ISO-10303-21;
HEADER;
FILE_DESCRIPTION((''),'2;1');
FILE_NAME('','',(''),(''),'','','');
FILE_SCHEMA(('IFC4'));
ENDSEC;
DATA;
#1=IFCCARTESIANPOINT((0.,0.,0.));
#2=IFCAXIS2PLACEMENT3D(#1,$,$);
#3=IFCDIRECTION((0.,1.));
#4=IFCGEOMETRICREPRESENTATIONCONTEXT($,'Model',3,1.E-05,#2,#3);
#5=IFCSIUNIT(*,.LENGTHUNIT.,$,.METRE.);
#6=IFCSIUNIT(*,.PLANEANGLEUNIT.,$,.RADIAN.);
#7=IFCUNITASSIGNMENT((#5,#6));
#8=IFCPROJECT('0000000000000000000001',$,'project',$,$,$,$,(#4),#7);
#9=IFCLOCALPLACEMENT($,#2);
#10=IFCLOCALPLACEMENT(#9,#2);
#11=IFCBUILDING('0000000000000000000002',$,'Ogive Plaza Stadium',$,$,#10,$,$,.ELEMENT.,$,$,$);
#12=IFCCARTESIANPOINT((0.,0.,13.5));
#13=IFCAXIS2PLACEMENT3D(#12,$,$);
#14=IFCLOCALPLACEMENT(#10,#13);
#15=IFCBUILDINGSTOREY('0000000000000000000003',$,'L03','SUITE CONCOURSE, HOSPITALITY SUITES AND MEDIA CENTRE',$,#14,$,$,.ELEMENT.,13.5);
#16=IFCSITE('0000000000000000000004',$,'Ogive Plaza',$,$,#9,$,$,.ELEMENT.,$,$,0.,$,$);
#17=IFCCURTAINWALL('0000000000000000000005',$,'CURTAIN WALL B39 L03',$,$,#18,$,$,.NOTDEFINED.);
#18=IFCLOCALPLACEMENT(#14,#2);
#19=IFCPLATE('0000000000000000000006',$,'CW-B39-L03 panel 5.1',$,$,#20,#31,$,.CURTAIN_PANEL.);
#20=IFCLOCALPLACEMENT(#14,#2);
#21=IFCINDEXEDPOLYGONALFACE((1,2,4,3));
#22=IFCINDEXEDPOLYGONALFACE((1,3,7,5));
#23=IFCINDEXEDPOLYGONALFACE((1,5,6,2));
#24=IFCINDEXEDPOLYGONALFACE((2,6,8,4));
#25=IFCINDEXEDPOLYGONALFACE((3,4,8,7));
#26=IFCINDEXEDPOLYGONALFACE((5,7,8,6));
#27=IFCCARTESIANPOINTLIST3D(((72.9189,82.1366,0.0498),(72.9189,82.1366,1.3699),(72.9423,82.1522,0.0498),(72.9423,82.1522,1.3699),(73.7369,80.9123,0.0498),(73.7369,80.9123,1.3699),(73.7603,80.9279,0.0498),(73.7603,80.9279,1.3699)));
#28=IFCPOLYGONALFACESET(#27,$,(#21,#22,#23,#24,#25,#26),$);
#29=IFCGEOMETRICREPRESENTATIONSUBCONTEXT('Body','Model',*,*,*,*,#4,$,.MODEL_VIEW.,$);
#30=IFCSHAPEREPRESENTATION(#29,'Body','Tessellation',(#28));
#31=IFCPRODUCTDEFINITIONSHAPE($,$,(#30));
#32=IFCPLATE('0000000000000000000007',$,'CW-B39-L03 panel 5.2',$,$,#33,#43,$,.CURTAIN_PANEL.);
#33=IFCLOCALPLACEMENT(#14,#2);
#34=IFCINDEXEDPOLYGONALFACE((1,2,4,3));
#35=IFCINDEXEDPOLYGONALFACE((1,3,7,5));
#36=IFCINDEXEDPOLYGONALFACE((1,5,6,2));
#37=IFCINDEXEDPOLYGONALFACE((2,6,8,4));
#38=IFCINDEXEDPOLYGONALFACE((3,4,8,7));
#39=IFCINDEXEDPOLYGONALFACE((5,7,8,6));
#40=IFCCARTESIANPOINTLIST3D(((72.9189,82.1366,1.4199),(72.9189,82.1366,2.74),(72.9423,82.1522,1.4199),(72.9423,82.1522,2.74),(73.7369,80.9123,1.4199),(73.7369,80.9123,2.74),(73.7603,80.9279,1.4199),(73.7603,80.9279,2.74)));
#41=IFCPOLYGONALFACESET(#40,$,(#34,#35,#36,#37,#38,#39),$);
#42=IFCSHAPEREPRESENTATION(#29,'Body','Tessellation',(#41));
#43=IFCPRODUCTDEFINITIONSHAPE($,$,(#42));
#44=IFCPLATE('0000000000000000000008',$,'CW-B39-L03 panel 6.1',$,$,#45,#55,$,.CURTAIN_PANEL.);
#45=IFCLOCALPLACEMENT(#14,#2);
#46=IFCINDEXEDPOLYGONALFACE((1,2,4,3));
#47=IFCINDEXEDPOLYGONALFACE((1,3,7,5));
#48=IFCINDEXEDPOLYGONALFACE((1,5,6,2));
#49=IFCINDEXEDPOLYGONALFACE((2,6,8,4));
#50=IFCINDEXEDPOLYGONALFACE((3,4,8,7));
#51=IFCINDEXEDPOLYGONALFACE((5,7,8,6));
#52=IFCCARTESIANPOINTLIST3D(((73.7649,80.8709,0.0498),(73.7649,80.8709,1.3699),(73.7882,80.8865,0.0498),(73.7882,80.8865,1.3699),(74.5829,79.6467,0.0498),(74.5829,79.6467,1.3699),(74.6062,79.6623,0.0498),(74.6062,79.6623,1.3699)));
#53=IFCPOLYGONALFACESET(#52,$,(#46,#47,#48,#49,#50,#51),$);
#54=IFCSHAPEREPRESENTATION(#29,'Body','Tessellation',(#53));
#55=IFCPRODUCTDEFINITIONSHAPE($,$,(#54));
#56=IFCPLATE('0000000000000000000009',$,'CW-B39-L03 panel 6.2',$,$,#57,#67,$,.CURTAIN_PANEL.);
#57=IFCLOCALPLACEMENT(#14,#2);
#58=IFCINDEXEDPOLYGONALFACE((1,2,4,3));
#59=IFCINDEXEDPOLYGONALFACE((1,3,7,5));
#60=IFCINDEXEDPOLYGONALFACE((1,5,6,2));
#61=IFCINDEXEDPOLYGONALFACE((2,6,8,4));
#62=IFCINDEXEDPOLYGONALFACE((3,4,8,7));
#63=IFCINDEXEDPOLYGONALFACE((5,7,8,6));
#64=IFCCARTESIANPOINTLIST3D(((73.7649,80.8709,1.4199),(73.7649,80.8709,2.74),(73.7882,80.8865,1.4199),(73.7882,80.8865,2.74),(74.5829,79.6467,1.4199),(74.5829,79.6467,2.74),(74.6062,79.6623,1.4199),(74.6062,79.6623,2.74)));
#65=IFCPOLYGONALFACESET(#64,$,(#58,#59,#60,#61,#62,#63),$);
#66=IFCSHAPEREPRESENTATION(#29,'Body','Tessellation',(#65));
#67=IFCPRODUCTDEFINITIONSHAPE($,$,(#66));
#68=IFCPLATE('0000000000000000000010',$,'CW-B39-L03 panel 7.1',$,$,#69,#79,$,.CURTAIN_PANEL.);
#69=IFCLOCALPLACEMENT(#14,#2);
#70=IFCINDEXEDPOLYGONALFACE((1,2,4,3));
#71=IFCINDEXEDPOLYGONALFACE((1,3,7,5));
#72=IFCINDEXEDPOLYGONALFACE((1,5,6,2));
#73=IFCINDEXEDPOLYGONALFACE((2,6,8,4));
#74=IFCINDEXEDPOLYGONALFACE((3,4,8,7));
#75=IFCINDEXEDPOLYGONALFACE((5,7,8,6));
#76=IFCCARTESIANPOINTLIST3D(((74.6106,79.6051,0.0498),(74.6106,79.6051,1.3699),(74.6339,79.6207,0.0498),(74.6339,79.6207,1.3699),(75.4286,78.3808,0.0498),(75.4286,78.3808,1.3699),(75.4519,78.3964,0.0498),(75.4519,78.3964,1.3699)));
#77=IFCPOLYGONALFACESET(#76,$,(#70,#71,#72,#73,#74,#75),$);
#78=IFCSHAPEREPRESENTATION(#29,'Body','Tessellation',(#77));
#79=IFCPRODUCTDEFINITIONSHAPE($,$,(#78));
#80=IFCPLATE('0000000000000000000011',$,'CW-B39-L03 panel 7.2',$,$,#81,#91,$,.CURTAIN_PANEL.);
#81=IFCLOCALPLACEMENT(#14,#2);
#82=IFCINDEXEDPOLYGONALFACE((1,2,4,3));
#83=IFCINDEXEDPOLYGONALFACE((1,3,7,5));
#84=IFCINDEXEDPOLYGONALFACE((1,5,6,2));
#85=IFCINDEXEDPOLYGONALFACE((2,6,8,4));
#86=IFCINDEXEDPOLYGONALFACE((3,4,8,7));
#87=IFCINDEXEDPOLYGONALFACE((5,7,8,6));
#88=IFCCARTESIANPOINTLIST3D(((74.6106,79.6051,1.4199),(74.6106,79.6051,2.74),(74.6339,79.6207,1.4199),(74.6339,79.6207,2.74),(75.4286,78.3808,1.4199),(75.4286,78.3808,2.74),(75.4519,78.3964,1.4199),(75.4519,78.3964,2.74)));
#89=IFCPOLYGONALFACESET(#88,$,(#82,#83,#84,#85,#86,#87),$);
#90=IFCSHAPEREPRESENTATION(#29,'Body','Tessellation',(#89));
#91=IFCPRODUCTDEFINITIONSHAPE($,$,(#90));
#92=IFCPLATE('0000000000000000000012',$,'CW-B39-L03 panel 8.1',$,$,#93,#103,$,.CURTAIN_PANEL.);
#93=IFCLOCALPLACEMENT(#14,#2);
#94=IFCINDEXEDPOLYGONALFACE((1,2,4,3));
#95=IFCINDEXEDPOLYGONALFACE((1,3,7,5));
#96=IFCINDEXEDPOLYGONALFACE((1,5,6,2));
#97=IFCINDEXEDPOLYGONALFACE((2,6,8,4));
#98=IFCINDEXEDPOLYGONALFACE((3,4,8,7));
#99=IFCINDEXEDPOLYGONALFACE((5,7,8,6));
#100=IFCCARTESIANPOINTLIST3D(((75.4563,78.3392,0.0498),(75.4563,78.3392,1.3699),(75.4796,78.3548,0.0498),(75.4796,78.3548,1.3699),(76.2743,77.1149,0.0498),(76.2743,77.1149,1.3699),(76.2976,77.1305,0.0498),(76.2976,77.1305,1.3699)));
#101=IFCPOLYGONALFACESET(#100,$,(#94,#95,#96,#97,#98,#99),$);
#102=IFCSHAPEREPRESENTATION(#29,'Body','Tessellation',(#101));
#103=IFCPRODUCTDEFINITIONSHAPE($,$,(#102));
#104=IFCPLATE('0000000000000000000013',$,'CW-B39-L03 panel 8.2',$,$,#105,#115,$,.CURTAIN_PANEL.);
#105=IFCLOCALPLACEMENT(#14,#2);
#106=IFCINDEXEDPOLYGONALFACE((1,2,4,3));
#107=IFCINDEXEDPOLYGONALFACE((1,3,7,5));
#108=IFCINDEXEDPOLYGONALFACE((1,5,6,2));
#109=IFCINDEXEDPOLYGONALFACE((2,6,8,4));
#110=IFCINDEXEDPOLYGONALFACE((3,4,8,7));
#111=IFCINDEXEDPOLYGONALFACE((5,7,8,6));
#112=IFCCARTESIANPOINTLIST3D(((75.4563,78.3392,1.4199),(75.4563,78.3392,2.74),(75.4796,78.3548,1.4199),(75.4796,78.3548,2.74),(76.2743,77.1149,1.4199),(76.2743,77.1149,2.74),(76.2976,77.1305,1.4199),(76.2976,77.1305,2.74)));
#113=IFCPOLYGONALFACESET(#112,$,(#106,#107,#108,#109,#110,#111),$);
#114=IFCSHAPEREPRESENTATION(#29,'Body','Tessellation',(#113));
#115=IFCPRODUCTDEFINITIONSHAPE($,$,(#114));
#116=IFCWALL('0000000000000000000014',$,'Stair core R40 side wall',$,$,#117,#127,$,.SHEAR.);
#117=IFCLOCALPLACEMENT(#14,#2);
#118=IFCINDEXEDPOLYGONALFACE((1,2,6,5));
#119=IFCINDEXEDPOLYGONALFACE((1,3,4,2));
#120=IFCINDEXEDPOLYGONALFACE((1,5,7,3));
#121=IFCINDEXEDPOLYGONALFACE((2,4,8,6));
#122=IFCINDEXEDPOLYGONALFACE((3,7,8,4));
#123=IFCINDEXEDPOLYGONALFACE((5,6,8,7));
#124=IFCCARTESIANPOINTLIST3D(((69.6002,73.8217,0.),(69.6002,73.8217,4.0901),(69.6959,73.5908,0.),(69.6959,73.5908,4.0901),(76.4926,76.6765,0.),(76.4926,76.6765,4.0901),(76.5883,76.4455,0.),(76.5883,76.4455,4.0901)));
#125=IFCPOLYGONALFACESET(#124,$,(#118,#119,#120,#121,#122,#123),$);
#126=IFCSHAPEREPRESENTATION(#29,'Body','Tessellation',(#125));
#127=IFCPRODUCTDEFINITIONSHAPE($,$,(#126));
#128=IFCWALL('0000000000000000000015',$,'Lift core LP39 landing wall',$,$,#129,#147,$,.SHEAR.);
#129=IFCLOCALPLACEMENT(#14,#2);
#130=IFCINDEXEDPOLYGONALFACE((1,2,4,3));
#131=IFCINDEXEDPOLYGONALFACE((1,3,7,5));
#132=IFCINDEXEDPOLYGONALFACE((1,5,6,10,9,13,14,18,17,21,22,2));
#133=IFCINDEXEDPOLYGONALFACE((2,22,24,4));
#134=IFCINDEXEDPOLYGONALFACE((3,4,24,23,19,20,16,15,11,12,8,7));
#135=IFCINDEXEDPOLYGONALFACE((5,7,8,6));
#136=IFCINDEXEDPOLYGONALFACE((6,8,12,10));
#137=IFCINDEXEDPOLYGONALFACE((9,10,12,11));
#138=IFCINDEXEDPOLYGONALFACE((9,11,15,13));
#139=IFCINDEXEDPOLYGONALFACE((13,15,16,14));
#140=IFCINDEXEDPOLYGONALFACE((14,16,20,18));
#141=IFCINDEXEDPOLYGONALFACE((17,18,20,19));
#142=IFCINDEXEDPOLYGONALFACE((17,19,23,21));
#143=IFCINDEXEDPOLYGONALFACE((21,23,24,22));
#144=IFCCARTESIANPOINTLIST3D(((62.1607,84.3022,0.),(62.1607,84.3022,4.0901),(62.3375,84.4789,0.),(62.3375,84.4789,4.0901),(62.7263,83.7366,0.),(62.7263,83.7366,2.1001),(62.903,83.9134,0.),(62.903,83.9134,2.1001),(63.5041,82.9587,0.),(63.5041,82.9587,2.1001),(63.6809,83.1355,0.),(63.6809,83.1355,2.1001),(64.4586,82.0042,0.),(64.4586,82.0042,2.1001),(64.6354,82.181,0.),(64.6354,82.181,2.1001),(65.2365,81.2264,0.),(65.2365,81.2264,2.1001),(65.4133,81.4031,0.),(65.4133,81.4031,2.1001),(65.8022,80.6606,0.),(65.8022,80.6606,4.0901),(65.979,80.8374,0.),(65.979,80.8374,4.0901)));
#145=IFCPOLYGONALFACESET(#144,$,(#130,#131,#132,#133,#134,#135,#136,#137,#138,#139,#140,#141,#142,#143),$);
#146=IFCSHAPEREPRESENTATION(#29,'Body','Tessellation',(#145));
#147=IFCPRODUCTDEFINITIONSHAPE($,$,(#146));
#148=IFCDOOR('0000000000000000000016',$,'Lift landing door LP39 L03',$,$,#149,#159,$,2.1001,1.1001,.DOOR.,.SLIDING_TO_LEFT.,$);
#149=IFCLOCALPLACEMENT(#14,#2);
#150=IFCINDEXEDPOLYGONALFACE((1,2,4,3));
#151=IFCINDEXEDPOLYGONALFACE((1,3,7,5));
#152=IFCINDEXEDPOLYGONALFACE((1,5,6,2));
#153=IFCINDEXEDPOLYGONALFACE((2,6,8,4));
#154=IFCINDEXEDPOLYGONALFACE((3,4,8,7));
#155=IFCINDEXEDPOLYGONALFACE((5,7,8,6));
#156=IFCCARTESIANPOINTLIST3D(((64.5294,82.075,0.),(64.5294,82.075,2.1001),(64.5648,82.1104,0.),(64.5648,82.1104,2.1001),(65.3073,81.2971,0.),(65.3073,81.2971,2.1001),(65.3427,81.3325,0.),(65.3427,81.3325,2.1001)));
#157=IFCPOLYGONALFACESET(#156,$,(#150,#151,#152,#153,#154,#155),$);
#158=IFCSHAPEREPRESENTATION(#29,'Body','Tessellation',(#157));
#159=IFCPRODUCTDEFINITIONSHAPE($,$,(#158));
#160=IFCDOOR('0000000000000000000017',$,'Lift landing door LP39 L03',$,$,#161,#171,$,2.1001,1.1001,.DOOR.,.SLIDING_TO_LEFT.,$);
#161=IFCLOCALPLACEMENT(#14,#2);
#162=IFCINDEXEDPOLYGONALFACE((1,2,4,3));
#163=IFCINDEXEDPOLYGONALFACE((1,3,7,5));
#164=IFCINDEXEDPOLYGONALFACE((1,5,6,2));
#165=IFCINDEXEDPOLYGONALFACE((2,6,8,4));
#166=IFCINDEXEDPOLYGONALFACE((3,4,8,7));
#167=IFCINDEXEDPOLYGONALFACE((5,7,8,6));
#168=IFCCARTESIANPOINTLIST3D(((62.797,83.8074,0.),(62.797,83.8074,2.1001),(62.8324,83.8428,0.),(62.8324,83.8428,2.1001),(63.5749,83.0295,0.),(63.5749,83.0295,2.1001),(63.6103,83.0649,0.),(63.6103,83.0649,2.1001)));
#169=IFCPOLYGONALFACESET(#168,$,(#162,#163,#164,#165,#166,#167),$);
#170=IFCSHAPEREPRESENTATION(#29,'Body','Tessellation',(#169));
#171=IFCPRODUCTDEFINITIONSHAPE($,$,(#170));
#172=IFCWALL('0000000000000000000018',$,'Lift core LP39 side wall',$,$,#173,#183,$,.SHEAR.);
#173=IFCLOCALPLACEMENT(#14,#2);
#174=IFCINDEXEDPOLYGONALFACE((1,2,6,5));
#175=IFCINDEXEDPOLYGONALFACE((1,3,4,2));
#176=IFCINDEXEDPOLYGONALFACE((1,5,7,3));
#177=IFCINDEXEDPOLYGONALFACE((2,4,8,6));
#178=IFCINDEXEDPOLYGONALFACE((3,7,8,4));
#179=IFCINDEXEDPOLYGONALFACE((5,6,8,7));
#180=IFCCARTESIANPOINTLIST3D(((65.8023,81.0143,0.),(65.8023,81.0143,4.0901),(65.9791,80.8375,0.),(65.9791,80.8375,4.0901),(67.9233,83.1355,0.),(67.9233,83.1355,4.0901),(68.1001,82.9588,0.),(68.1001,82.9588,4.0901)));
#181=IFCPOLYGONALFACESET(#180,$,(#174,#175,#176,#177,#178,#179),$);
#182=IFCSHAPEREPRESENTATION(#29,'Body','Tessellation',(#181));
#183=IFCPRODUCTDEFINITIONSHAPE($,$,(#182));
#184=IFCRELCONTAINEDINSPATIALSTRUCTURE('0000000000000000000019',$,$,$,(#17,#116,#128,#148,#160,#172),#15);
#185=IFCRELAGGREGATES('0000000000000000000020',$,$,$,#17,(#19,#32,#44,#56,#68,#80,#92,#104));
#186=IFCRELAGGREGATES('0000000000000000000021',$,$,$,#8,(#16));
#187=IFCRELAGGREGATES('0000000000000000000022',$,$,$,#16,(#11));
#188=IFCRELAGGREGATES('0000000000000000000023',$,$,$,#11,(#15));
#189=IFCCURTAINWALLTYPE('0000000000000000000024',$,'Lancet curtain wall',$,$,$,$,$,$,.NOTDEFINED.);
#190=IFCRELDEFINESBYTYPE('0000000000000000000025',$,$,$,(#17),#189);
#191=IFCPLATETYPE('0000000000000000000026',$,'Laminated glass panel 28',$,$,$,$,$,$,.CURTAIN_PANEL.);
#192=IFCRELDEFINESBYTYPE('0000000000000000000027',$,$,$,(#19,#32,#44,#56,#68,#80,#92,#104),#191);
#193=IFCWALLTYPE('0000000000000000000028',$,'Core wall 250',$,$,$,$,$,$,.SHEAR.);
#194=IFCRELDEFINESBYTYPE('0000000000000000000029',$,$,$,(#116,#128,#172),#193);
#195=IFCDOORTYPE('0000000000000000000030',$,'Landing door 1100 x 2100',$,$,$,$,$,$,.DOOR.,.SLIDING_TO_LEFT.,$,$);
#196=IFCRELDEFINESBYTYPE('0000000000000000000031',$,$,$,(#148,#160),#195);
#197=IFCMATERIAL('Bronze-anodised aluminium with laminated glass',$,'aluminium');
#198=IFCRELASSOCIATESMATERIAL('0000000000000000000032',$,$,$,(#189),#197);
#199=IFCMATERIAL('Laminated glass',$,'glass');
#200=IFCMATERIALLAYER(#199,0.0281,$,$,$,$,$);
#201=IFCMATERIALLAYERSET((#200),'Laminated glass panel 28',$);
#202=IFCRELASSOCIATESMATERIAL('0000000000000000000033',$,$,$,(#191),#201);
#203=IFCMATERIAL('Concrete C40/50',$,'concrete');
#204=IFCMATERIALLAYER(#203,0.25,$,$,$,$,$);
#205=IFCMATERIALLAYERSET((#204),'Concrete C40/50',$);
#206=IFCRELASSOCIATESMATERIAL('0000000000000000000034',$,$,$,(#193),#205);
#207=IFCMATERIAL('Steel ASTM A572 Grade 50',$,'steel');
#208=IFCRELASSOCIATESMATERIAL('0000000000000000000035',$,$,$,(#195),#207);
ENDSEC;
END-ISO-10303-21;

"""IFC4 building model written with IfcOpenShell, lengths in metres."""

from ifc_helpers import new_model, si_unit, direction, frame, frame_2d, origin, origin_2d, place, context, subcontext, project, spatial, rectangle, extrude, material, layer, layer_set, type_object, element, fill, aggregate, save


model = new_model("IFC4")

# Units and contexts
model_context = context("Model", 3, precision=1e-05, world=origin(), true_north=direction((0.0, 1.0)))
body_context = subcontext(model_context, "Body", "Model", "MODEL_VIEW")
ifc_project = project(units=[si_unit("LENGTHUNIT", "METRE"), si_unit("PLANEANGLEUNIT", "RADIAN")], contexts=[model_context])

# Site, building, storey
site_placement = place(None, origin())
site = spatial("IfcSite", under=ifc_project, at=site_placement, Name="Ogive Plaza", CompositionType="ELEMENT", RefElevation=0.0)
building_placement = place(site_placement, origin())
building = spatial("IfcBuilding", under=site, at=building_placement, Name="Ogive Plaza Stadium", CompositionType="ELEMENT")
storey_placement = place(building_placement, frame((0.0, 0.0, 13.5)))
storey = spatial("IfcBuildingStorey", under=building, at=storey_placement, Name="L03", Description="SUITE CONCOURSE, HOSPITALITY SUITES AND MEDIA CENTRE", CompositionType="ELEMENT", Elevation=13.5)

# Curtain wall
ifc_material_1 = material(Name="Bronze-anodised aluminium with laminated glass", Category="aluminium")
curtain_wall_type = type_object("IfcCurtainWallType", Name="Lancet curtain wall", PredefinedType="NOTDEFINED", material=ifc_material_1)
curtain_wall_placement = place(storey_placement, origin())
curtain_wall = element("IfcCurtainWall", 1, at=curtain_wall_placement, inside=storey, type_object=curtain_wall_type, Name="CURTAIN WALL B39 L03", PredefinedType="NOTDEFINED")

# Plates
ifc_material_2 = material(Name="Laminated glass", Category="glass")
ifc_layer_1 = layer(ifc_material_2, 0.0281)
ifc_layer_set_1 = layer_set([ifc_layer_1], Name="Laminated glass panel 28")
plate_type = type_object("IfcPlateType", Name="Laminated glass panel 28", PredefinedType="CURTAIN_PANEL", material=ifc_layer_set_1)
plate_1_placement = place(storey_placement, frame((73.3396, 81.5322, 0.0498), z_axis=(0.0, 0.0, 1.0), x_axis=(0.55557, -0.83147, 0.0)))
plate_1 = element("IfcPlate", 2, at=plate_1_placement, type_object=plate_type, Name="CW-B39-L03 panel 5.1", PredefinedType="CURTAIN_PANEL", context=body_context, shape_type="SweptSolid", body=[
    extrude(rectangle(XDim=1.4724, YDim=0.0281, at=origin_2d()), origin(), (0.0, 0.0, 1.0), 1.3201),
])
plate_2_placement = place(storey_placement, frame((73.3396, 81.5322, 1.4199), z_axis=(0.0, 0.0, 1.0), x_axis=(0.55557, -0.83147, 0.0)))
plate_2 = element("IfcPlate", 3, at=plate_2_placement, type_object=plate_type, Name="CW-B39-L03 panel 5.2", PredefinedType="CURTAIN_PANEL", context=body_context, shape_type="SweptSolid", body=[
    extrude(rectangle(XDim=1.4724, YDim=0.0281, at=origin_2d()), origin(), (0.0, 0.0, 1.0), 1.3201),
])
plate_3_placement = place(storey_placement, frame((74.1855, 80.2666, 0.0498), z_axis=(0.0, 0.0, 1.0), x_axis=(0.55557, -0.83147, 0.0)))
plate_3 = element("IfcPlate", 4, at=plate_3_placement, type_object=plate_type, Name="CW-B39-L03 panel 6.1", PredefinedType="CURTAIN_PANEL", context=body_context, shape_type="SweptSolid", body=[
    extrude(rectangle(XDim=1.4724, YDim=0.0281, at=origin_2d()), origin(), (0.0, 0.0, 1.0), 1.3201),
])
plate_4_placement = place(storey_placement, frame((74.1855, 80.2666, 1.4199), z_axis=(0.0, 0.0, 1.0), x_axis=(0.55557, -0.83147, 0.0)))
plate_4 = element("IfcPlate", 5, at=plate_4_placement, type_object=plate_type, Name="CW-B39-L03 panel 6.2", PredefinedType="CURTAIN_PANEL", context=body_context, shape_type="SweptSolid", body=[
    extrude(rectangle(XDim=1.4724, YDim=0.0281, at=origin_2d()), origin(), (0.0, 0.0, 1.0), 1.3201),
])
plate_5_placement = place(storey_placement, frame((75.0312, 79.0007, 0.0498), z_axis=(0.0, 0.0, 1.0), x_axis=(0.55557, -0.83147, 0.0)))
plate_5 = element("IfcPlate", 6, at=plate_5_placement, type_object=plate_type, Name="CW-B39-L03 panel 7.1", PredefinedType="CURTAIN_PANEL", context=body_context, shape_type="SweptSolid", body=[
    extrude(rectangle(XDim=1.4724, YDim=0.0281, at=origin_2d()), origin(), (0.0, 0.0, 1.0), 1.3201),
])
plate_6_placement = place(storey_placement, frame((75.0312, 79.0007, 1.4199), z_axis=(0.0, 0.0, 1.0), x_axis=(0.55557, -0.83147, 0.0)))
plate_6 = element("IfcPlate", 7, at=plate_6_placement, type_object=plate_type, Name="CW-B39-L03 panel 7.2", PredefinedType="CURTAIN_PANEL", context=body_context, shape_type="SweptSolid", body=[
    extrude(rectangle(XDim=1.4724, YDim=0.0281, at=origin_2d()), origin(), (0.0, 0.0, 1.0), 1.3201),
])
plate_7_placement = place(storey_placement, frame((75.877, 77.7349, 0.0498), z_axis=(0.0, 0.0, 1.0), x_axis=(0.55557, -0.83147, 0.0)))
plate_7 = element("IfcPlate", 8, at=plate_7_placement, type_object=plate_type, Name="CW-B39-L03 panel 8.1", PredefinedType="CURTAIN_PANEL", context=body_context, shape_type="SweptSolid", body=[
    extrude(rectangle(XDim=1.4724, YDim=0.0281, at=origin_2d()), origin(), (0.0, 0.0, 1.0), 1.3201),
])
plate_8_placement = place(storey_placement, frame((75.877, 77.7349, 1.4199), z_axis=(0.0, 0.0, 1.0), x_axis=(0.55557, -0.83147, 0.0)))
plate_8 = element("IfcPlate", 9, at=plate_8_placement, type_object=plate_type, Name="CW-B39-L03 panel 8.2", PredefinedType="CURTAIN_PANEL", context=body_context, shape_type="SweptSolid", body=[
    extrude(rectangle(XDim=1.4724, YDim=0.0281, at=origin_2d()), origin(), (0.0, 0.0, 1.0), 1.3201),
])
aggregate(curtain_wall, [plate_1, plate_2, plate_3, plate_4, plate_5, plate_6, plate_7, plate_8])

# Wall
ifc_material_3 = material(Name="Concrete C40/50", Category="concrete")
ifc_layer_2 = layer(ifc_material_3, 0.25)
ifc_layer_set_2 = layer_set([ifc_layer_2], Name="Concrete C40/50")
wall_type = type_object("IfcWallType", Name="Core wall 250", PredefinedType="SHEAR", material=ifc_layer_set_2)
wall_1_placement = place(storey_placement, frame((69.6482, 73.7063, 0.0), z_axis=(0.0, 0.0, 1.0), x_axis=(0.923887, 0.382665, 0.0)))
element("IfcWall", 10, at=wall_1_placement, inside=storey, type_object=wall_type, Name="Stair core R40 side wall", PredefinedType="SHEAR", context=body_context, shape_type="SweptSolid", body=[
    extrude(rectangle(XDim=7.4602, YDim=0.25, at=frame_2d((3.73, 0.0))), origin(), (0.0, 0.0, 1.0), 4.0901),
])

# Wall, openings, doors
wall_2_placement = place(storey_placement, frame((65.8906, 80.749, 0.0), z_axis=(0.0, 0.0, 1.0), x_axis=(-0.707107, 0.707107, 0.0)))
wall_2 = element("IfcWall", 11, at=wall_2_placement, inside=storey, type_object=wall_type, Name="Lift core LP39 landing wall", PredefinedType="SHEAR", context=body_context, shape_type="SweptSolid", body=[
    extrude(rectangle(XDim=5.1499, YDim=0.25, at=frame_2d((2.575, 0.0))), origin(), (0.0, 0.0, 1.0), 4.0901),
])
opening_1_placement = place(wall_2_placement, frame((0.8, 0.0, 0.0)))
opening_1 = element("IfcOpeningElement", 12, at=opening_1_placement, cuts=wall_2, PredefinedType="OPENING", context=body_context, shape_type="SweptSolid", body=[
    extrude(rectangle(XDim=1.1001, YDim=2.1001, at=frame_2d((0.55, 1.05))), frame((0.0, 0.125, 0.0), z_axis=(0.0, -1.0, 0.0), x_axis=(1.0, 0.0, 0.0)), (0.0, 0.0, 1.0), 0.25),
])
opening_2_placement = place(wall_2_placement, frame((3.25, 0.0, 0.0)))
opening_2 = element("IfcOpeningElement", 13, at=opening_2_placement, cuts=wall_2, PredefinedType="OPENING", context=body_context, shape_type="SweptSolid", body=[
    extrude(rectangle(XDim=1.1001, YDim=2.1001, at=frame_2d((0.55, 1.05))), frame((0.0, 0.125, 0.0), z_axis=(0.0, -1.0, 0.0), x_axis=(1.0, 0.0, 0.0)), (0.0, 0.0, 1.0), 0.25),
])
ifc_material_4 = material(Name="Steel ASTM A572 Grade 50", Category="steel")
door_type = type_object("IfcDoorType", Name="Landing door 1100 x 2100", OperationType="SLIDING_TO_LEFT", PredefinedType="DOOR", material=ifc_material_4)
door_1_placement = place(opening_1_placement, origin())
door_1 = element("IfcDoor", 14, at=door_1_placement, inside=storey, type_object=door_type, Name="Lift landing door LP39 L03", OperationType="SLIDING_TO_LEFT", OverallHeight=2.1001, OverallWidth=1.1001, PredefinedType="DOOR", context=body_context, shape_type="SweptSolid", body=[
    extrude(rectangle(XDim=1.1001, YDim=2.1001, at=frame_2d((0.55, 1.05))), frame((0.0, 0.0249, 0.0), z_axis=(0.0, -1.0, 0.0), x_axis=(1.0, 0.0, 0.0)), (0.0, 0.0, 1.0), 0.05),
])
fill(opening_1, door_1)
door_2_placement = place(opening_2_placement, origin())
door_2 = element("IfcDoor", 15, at=door_2_placement, inside=storey, type_object=door_type, Name="Lift landing door LP39 L03", OperationType="SLIDING_TO_LEFT", OverallHeight=2.1001, OverallWidth=1.1001, PredefinedType="DOOR", context=body_context, shape_type="SweptSolid", body=[
    extrude(rectangle(XDim=1.1001, YDim=2.1001, at=frame_2d((0.55, 1.05))), frame((0.0, 0.0249, 0.0), z_axis=(0.0, -1.0, 0.0), x_axis=(1.0, 0.0, 0.0)), (0.0, 0.0, 1.0), 0.05),
])
fill(opening_2, door_2)

# Wall
wall_3_placement = place(storey_placement, frame((65.8906, 80.9258, 0.0), z_axis=(0.0, 0.0, 1.0), x_axis=(0.707066, 0.707147, 0.0)))
element("IfcWall", 16, at=wall_3_placement, inside=storey, type_object=wall_type, Name="Lift core LP39 side wall", PredefinedType="SHEAR", context=body_context, shape_type="SweptSolid", body=[
    extrude(rectangle(XDim=2.9998, YDim=0.25, at=frame_2d((1.5, 0.0))), origin(), (0.0, 0.0, 1.0), 4.0901),
])

save(model, "model.ifc")
